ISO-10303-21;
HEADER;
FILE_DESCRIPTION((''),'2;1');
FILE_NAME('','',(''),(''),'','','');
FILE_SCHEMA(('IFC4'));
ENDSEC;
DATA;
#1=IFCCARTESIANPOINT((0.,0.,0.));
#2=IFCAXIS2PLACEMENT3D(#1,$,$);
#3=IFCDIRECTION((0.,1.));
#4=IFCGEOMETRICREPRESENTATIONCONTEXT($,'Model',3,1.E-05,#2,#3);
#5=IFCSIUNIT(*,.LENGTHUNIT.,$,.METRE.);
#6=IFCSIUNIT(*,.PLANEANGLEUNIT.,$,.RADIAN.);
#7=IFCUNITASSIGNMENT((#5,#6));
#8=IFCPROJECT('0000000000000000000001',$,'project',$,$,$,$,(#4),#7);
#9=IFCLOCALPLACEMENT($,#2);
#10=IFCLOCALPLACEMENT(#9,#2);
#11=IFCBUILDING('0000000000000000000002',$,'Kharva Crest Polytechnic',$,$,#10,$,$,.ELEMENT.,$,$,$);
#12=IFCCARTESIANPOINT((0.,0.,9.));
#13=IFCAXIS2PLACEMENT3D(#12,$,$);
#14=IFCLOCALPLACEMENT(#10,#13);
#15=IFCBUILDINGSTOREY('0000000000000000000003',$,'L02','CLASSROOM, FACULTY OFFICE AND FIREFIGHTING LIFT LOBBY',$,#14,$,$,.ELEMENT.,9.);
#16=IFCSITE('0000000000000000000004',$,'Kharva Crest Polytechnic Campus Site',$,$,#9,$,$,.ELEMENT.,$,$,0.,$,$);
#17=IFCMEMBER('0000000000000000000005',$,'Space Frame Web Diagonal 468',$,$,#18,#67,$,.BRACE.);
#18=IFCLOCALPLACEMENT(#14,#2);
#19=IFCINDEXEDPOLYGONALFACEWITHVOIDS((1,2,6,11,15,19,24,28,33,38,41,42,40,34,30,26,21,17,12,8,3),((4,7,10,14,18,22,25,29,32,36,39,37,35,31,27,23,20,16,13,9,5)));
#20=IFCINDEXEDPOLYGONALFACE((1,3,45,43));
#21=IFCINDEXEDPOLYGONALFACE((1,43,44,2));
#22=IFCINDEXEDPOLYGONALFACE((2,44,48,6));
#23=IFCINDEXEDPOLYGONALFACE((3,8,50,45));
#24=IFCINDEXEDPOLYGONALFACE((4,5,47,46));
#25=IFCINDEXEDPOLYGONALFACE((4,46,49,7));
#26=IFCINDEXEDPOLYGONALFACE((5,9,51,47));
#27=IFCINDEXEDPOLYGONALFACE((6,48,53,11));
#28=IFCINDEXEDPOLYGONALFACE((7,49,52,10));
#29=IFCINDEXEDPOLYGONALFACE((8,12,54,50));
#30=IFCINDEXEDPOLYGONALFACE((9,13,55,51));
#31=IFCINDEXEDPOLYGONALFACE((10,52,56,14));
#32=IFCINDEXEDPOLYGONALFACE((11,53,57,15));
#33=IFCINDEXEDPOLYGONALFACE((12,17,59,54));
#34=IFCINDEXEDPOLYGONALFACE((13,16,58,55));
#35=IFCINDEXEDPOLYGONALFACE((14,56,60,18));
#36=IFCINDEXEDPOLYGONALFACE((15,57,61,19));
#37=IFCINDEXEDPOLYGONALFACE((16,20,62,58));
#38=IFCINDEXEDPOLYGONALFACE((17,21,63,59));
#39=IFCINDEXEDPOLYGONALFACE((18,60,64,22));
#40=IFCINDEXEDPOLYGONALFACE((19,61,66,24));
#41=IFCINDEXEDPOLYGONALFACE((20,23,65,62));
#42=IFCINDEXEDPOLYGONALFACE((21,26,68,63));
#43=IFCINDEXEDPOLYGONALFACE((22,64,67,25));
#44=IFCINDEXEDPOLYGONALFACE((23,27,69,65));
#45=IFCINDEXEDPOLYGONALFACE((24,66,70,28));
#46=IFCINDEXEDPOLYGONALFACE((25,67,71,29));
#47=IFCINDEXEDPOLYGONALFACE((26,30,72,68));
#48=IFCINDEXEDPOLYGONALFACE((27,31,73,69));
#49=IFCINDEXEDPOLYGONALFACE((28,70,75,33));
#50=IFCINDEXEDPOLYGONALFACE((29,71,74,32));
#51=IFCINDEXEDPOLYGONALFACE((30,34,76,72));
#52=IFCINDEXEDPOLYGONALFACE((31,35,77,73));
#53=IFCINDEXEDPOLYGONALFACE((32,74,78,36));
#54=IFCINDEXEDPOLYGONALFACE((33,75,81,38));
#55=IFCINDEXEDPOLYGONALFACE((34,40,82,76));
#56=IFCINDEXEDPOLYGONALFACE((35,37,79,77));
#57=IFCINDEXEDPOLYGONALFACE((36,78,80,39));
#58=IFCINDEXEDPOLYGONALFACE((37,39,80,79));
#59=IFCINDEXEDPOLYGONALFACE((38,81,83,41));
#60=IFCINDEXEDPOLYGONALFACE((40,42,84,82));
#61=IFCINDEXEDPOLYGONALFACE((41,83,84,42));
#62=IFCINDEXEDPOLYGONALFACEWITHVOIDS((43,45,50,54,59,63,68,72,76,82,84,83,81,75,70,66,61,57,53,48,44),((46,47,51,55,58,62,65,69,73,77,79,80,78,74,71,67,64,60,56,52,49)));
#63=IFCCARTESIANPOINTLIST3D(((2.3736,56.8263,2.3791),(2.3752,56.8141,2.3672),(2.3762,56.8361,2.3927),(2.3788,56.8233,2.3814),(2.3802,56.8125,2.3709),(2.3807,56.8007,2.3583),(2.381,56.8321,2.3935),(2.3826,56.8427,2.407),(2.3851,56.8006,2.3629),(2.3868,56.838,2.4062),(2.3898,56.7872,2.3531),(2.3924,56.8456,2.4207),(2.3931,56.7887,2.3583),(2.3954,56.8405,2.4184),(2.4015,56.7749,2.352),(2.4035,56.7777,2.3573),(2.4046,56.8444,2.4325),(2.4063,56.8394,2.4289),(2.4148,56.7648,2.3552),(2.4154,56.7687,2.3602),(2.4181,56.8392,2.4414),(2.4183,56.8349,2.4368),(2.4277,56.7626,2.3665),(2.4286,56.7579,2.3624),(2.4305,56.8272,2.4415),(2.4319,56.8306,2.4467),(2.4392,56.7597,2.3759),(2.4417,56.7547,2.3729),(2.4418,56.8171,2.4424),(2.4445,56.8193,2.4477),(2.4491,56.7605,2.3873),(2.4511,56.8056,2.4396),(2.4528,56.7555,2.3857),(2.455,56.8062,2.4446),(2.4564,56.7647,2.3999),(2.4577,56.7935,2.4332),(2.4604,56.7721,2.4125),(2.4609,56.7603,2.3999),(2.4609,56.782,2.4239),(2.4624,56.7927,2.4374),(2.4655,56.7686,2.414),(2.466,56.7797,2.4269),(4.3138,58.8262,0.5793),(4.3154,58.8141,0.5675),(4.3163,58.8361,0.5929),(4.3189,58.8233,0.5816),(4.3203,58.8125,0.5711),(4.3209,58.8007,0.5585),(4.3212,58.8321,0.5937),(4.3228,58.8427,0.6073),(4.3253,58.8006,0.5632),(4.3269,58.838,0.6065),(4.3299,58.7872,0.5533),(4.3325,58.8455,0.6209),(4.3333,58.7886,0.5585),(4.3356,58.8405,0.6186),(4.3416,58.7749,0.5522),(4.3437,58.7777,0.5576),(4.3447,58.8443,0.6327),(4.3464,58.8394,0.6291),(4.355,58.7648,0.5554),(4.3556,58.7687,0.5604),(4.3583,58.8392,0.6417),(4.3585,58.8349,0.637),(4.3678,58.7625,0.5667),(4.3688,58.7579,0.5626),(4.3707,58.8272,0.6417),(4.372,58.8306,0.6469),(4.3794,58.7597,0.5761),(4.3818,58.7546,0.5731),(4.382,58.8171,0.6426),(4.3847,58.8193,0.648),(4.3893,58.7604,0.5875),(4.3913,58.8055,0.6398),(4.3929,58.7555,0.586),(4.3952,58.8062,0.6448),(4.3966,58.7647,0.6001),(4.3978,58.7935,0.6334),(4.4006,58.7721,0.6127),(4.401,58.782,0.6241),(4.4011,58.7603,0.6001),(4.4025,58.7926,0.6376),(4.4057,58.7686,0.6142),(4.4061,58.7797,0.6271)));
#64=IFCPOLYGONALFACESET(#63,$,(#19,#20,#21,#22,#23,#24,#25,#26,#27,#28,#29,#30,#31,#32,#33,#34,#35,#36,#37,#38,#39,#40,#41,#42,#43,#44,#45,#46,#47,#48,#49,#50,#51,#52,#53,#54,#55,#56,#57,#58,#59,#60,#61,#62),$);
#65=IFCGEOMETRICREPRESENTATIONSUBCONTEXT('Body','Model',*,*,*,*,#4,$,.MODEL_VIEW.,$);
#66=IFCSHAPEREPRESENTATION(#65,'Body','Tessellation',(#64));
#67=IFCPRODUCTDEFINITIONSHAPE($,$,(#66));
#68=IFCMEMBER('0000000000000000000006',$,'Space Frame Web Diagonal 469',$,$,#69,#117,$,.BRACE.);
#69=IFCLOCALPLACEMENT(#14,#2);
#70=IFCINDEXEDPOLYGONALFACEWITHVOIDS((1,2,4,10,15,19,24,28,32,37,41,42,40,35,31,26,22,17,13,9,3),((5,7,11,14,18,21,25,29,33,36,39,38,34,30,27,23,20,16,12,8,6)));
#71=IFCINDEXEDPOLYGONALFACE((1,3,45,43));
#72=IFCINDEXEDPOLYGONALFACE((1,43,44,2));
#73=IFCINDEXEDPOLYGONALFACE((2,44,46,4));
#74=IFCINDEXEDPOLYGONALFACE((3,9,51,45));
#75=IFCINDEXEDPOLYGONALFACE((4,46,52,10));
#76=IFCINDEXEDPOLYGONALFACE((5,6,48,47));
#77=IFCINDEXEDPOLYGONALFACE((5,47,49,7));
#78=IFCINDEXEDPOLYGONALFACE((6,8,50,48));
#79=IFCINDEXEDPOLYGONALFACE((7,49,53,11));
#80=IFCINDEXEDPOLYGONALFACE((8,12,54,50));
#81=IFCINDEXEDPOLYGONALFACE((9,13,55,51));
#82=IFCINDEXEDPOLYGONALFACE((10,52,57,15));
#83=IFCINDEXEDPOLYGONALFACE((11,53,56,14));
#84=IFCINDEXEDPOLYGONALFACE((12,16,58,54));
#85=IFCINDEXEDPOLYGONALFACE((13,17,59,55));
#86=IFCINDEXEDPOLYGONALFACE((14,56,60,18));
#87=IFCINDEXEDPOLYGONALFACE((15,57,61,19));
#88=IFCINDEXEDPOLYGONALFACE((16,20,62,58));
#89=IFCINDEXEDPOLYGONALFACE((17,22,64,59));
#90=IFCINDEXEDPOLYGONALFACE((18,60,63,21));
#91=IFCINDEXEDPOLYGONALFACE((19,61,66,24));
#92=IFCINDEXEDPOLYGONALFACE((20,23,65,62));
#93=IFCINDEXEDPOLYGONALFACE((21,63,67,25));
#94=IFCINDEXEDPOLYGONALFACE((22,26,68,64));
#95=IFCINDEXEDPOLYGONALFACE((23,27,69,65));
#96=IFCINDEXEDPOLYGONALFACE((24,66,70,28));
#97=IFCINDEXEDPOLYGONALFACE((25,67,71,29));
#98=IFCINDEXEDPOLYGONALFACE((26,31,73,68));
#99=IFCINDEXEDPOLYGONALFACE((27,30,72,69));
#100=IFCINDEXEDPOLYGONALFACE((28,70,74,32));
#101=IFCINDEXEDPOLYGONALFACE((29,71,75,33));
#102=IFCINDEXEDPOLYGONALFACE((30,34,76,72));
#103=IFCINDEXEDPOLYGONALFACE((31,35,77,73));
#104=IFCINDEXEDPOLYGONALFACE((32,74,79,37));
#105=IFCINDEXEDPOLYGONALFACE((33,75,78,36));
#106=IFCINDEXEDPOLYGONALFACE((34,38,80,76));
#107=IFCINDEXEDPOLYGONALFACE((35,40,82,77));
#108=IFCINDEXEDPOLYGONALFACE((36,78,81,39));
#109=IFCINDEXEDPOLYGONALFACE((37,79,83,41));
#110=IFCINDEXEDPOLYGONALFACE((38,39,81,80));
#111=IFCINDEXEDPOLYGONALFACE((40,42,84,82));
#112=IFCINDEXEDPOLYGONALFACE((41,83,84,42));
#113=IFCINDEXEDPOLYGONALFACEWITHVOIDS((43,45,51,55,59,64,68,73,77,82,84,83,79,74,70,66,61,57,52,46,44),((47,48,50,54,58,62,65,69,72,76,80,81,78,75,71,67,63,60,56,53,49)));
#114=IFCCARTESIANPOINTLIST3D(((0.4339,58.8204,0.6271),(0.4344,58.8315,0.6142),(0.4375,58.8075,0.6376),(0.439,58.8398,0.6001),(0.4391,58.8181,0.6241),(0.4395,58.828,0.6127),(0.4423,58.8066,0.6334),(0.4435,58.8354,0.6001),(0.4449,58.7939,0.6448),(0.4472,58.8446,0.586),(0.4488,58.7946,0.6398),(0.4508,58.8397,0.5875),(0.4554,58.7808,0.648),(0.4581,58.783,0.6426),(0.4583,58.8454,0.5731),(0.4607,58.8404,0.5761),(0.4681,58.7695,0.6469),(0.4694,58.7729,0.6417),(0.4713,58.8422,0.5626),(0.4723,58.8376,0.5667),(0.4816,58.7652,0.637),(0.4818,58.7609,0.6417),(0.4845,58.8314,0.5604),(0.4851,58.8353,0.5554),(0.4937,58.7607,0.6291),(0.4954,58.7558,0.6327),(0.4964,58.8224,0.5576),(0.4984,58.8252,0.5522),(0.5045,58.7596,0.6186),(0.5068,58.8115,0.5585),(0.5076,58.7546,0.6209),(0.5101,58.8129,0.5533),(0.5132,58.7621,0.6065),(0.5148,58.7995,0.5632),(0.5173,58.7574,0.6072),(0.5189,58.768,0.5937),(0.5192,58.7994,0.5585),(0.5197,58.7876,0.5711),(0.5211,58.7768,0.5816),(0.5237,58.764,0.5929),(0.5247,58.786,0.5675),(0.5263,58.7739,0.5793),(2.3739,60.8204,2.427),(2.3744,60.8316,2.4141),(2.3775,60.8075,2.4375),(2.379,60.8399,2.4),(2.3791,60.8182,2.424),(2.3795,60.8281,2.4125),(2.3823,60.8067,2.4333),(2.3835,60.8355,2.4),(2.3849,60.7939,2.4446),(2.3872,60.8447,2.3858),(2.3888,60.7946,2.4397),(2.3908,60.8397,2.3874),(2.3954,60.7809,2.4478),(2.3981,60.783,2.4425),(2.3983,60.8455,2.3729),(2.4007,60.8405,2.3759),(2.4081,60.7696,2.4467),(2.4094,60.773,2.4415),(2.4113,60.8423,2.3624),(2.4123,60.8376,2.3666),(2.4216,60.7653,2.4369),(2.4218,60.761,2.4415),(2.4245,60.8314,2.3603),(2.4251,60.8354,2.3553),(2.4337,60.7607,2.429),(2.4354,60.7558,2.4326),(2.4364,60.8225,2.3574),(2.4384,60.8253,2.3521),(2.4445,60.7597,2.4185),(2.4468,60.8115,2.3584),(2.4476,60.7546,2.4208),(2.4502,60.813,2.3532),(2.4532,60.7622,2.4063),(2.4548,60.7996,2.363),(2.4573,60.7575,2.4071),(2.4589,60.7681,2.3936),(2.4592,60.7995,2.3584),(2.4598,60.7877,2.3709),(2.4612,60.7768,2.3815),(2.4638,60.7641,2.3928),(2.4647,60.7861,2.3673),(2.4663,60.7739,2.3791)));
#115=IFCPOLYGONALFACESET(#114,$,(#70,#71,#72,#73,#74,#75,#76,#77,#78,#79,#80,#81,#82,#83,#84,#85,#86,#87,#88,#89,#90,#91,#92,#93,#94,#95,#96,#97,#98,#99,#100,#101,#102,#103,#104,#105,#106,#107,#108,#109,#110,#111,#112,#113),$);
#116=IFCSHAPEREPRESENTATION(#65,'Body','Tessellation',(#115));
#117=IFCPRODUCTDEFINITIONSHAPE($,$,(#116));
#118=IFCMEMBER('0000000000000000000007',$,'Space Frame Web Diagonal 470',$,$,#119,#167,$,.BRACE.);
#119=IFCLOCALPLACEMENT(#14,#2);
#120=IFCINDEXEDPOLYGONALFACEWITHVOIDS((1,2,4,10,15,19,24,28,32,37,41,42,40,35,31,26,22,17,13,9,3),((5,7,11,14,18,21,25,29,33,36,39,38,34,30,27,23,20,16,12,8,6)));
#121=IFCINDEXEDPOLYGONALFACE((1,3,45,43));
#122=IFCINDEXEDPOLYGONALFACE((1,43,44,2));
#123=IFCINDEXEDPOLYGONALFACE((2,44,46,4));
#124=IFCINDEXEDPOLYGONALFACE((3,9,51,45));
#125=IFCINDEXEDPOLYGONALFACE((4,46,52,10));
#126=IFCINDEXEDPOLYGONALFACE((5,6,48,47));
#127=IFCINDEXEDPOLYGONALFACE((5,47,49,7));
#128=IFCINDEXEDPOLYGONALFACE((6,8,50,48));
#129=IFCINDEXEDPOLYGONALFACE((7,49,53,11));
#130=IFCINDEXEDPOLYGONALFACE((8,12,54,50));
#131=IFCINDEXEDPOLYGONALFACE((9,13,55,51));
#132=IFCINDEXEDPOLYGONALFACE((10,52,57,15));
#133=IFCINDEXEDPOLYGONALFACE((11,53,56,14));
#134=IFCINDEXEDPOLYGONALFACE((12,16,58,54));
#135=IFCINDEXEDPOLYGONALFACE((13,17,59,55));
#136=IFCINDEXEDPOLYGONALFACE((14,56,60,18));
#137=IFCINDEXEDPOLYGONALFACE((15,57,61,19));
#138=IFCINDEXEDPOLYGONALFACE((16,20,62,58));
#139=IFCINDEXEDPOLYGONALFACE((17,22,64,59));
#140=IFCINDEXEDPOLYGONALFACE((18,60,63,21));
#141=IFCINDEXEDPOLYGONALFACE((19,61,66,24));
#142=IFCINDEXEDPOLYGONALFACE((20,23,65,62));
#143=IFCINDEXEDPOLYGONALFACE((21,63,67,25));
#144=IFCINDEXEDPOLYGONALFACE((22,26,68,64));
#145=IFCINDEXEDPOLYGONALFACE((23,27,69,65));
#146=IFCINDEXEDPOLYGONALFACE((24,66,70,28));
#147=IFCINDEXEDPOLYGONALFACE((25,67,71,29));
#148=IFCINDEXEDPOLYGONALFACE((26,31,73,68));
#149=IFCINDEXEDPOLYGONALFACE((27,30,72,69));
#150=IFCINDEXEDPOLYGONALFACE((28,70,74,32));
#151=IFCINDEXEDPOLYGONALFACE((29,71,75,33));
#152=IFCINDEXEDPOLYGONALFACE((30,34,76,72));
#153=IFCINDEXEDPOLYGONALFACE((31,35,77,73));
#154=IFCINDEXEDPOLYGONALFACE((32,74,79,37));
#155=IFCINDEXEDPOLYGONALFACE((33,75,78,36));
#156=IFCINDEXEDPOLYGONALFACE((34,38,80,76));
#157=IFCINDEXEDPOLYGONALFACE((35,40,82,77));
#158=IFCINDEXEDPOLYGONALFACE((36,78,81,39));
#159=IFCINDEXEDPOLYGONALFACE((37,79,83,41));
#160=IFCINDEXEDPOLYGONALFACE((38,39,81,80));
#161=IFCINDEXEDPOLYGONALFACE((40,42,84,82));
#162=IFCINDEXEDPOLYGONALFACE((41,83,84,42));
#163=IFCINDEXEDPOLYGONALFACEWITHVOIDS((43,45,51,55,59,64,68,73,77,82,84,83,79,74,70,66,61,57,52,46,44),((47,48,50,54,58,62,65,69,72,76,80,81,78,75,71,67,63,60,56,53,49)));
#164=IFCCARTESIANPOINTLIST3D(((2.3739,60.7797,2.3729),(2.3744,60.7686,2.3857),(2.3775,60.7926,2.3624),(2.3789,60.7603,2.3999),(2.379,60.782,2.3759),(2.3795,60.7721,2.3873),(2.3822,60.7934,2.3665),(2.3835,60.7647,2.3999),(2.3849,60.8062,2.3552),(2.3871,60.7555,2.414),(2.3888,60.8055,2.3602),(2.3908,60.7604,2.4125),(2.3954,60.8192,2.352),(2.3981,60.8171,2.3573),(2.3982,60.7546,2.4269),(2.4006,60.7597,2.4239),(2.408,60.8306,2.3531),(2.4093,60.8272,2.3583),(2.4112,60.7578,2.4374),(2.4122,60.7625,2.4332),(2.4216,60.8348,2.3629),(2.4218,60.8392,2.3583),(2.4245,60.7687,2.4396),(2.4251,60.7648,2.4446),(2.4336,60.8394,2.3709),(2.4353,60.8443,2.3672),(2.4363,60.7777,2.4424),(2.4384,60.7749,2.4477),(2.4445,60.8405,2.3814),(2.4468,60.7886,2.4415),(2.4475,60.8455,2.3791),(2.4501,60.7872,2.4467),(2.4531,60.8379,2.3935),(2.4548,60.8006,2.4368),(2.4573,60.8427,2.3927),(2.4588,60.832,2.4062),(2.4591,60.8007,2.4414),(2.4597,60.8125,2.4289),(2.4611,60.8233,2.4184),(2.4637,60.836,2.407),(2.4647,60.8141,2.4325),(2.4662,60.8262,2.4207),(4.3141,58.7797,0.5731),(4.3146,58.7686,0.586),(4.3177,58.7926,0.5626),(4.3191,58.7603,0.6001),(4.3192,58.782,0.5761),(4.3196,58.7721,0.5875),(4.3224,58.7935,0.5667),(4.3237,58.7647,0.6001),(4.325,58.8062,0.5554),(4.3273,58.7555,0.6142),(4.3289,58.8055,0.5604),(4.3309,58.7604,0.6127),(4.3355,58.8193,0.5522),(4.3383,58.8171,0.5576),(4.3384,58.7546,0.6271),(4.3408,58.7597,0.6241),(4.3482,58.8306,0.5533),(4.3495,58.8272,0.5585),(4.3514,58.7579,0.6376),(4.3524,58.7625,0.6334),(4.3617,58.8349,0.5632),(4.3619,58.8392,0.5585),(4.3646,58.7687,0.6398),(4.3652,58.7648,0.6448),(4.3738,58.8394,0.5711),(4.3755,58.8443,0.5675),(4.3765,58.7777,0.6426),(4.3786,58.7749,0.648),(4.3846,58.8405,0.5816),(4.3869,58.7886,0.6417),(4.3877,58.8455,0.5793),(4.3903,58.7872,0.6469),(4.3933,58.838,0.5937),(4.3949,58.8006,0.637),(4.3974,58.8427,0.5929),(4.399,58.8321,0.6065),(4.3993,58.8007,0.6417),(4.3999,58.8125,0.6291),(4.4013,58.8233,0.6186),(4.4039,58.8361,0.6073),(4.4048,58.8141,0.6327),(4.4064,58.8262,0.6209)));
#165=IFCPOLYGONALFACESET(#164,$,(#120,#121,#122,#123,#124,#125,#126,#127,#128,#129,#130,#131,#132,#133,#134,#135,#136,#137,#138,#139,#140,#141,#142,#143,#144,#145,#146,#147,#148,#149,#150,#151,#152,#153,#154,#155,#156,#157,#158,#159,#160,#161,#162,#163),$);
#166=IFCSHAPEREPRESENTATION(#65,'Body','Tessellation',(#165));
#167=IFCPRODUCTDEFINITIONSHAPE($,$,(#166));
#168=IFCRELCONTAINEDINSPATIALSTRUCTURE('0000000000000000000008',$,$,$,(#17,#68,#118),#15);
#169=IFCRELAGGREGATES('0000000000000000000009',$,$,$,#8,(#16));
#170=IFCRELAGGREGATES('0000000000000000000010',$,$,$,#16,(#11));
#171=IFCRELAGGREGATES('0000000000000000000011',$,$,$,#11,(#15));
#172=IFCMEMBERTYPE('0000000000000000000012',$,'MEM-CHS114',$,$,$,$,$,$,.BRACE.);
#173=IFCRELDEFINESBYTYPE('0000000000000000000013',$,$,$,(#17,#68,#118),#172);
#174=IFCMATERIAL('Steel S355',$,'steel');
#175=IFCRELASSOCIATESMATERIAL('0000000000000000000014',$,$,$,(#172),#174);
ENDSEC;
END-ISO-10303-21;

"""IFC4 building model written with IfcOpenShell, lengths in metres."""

from ifc_helpers import new_model, si_unit, direction, frame, origin, origin_2d, place, context, subcontext, project, spatial, hollow_circle, extrude, material, material_profile, profile_set, type_object, element, save


model = new_model("IFC4")

# Units and contexts
model_context = context("Model", 3, precision=1e-05, world=origin(), true_north=direction((0.0, 1.0)))
body_context = subcontext(model_context, "Body", "Model", "MODEL_VIEW")
ifc_project = project(units=[si_unit("LENGTHUNIT", "METRE"), si_unit("PLANEANGLEUNIT", "RADIAN")], contexts=[model_context])

# Site, building, storey
site_placement = place(None, origin())
site = spatial("IfcSite", under=ifc_project, at=site_placement, Name="Kharva Crest Polytechnic Campus Site", CompositionType="ELEMENT", RefElevation=0.0)
building_placement = place(site_placement, origin())
building = spatial("IfcBuilding", under=site, at=building_placement, Name="Kharva Crest Polytechnic", CompositionType="ELEMENT")
storey_placement = place(building_placement, frame((0.0, 0.0, 9.0)))
storey = spatial("IfcBuildingStorey", under=building, at=storey_placement, Name="L02", Description="CLASSROOM, FACULTY OFFICE AND FIREFIGHTING LIFT LOBBY", CompositionType="ELEMENT", Elevation=9.0)

# Shared definitions
ifc_material_1 = material(Name="Steel S355", Category="steel")

# Members
ifc_material_profile_1 = material_profile(ifc_material_1, hollow_circle(Radius=0.0571, WallThickness=0.0063, at=origin_2d()), Name="CHS 114.3X6.3")
ifc_profile_set_1 = profile_set([ifc_material_profile_1], Name="Steel S355")
member_type_1 = type_object("IfcMemberType", Name="MEM-CHS114", PredefinedType="BRACE", material=ifc_profile_set_1)
for number, where, z_axis, x_axis, name in (
    (1, (4.3601, 58.8, 0.6001), (-0.584892, -0.602924, 0.542572), (0.717758, -0.696292, 0.0), "Space Frame Web Diagonal 468"),
    (2, (0.48, 58.8, 0.6001), (0.584843, 0.60295, 0.542596), (-0.717802, 0.696247, 0.0), "Space Frame Web Diagonal 469"),
    (3, (4.3601, 58.8, 0.6001), (-0.584892, 0.602924, 0.542572), (-0.717758, -0.696292, 0.0), "Space Frame Web Diagonal 470"),
):
    element("IfcMember", number, at=place(storey_placement, frame(where, z_axis=z_axis, x_axis=x_axis)), inside=storey, type_object=member_type_1, Name=name, PredefinedType="BRACE", context=body_context, shape_type="SweptSolid", body=[
        extrude(hollow_circle(Radius=0.0571, WallThickness=0.0063, at=origin_2d()), origin(), (0.0, 0.0, 1.0), 3.3171),
    ])

save(model, "model.ifc")
